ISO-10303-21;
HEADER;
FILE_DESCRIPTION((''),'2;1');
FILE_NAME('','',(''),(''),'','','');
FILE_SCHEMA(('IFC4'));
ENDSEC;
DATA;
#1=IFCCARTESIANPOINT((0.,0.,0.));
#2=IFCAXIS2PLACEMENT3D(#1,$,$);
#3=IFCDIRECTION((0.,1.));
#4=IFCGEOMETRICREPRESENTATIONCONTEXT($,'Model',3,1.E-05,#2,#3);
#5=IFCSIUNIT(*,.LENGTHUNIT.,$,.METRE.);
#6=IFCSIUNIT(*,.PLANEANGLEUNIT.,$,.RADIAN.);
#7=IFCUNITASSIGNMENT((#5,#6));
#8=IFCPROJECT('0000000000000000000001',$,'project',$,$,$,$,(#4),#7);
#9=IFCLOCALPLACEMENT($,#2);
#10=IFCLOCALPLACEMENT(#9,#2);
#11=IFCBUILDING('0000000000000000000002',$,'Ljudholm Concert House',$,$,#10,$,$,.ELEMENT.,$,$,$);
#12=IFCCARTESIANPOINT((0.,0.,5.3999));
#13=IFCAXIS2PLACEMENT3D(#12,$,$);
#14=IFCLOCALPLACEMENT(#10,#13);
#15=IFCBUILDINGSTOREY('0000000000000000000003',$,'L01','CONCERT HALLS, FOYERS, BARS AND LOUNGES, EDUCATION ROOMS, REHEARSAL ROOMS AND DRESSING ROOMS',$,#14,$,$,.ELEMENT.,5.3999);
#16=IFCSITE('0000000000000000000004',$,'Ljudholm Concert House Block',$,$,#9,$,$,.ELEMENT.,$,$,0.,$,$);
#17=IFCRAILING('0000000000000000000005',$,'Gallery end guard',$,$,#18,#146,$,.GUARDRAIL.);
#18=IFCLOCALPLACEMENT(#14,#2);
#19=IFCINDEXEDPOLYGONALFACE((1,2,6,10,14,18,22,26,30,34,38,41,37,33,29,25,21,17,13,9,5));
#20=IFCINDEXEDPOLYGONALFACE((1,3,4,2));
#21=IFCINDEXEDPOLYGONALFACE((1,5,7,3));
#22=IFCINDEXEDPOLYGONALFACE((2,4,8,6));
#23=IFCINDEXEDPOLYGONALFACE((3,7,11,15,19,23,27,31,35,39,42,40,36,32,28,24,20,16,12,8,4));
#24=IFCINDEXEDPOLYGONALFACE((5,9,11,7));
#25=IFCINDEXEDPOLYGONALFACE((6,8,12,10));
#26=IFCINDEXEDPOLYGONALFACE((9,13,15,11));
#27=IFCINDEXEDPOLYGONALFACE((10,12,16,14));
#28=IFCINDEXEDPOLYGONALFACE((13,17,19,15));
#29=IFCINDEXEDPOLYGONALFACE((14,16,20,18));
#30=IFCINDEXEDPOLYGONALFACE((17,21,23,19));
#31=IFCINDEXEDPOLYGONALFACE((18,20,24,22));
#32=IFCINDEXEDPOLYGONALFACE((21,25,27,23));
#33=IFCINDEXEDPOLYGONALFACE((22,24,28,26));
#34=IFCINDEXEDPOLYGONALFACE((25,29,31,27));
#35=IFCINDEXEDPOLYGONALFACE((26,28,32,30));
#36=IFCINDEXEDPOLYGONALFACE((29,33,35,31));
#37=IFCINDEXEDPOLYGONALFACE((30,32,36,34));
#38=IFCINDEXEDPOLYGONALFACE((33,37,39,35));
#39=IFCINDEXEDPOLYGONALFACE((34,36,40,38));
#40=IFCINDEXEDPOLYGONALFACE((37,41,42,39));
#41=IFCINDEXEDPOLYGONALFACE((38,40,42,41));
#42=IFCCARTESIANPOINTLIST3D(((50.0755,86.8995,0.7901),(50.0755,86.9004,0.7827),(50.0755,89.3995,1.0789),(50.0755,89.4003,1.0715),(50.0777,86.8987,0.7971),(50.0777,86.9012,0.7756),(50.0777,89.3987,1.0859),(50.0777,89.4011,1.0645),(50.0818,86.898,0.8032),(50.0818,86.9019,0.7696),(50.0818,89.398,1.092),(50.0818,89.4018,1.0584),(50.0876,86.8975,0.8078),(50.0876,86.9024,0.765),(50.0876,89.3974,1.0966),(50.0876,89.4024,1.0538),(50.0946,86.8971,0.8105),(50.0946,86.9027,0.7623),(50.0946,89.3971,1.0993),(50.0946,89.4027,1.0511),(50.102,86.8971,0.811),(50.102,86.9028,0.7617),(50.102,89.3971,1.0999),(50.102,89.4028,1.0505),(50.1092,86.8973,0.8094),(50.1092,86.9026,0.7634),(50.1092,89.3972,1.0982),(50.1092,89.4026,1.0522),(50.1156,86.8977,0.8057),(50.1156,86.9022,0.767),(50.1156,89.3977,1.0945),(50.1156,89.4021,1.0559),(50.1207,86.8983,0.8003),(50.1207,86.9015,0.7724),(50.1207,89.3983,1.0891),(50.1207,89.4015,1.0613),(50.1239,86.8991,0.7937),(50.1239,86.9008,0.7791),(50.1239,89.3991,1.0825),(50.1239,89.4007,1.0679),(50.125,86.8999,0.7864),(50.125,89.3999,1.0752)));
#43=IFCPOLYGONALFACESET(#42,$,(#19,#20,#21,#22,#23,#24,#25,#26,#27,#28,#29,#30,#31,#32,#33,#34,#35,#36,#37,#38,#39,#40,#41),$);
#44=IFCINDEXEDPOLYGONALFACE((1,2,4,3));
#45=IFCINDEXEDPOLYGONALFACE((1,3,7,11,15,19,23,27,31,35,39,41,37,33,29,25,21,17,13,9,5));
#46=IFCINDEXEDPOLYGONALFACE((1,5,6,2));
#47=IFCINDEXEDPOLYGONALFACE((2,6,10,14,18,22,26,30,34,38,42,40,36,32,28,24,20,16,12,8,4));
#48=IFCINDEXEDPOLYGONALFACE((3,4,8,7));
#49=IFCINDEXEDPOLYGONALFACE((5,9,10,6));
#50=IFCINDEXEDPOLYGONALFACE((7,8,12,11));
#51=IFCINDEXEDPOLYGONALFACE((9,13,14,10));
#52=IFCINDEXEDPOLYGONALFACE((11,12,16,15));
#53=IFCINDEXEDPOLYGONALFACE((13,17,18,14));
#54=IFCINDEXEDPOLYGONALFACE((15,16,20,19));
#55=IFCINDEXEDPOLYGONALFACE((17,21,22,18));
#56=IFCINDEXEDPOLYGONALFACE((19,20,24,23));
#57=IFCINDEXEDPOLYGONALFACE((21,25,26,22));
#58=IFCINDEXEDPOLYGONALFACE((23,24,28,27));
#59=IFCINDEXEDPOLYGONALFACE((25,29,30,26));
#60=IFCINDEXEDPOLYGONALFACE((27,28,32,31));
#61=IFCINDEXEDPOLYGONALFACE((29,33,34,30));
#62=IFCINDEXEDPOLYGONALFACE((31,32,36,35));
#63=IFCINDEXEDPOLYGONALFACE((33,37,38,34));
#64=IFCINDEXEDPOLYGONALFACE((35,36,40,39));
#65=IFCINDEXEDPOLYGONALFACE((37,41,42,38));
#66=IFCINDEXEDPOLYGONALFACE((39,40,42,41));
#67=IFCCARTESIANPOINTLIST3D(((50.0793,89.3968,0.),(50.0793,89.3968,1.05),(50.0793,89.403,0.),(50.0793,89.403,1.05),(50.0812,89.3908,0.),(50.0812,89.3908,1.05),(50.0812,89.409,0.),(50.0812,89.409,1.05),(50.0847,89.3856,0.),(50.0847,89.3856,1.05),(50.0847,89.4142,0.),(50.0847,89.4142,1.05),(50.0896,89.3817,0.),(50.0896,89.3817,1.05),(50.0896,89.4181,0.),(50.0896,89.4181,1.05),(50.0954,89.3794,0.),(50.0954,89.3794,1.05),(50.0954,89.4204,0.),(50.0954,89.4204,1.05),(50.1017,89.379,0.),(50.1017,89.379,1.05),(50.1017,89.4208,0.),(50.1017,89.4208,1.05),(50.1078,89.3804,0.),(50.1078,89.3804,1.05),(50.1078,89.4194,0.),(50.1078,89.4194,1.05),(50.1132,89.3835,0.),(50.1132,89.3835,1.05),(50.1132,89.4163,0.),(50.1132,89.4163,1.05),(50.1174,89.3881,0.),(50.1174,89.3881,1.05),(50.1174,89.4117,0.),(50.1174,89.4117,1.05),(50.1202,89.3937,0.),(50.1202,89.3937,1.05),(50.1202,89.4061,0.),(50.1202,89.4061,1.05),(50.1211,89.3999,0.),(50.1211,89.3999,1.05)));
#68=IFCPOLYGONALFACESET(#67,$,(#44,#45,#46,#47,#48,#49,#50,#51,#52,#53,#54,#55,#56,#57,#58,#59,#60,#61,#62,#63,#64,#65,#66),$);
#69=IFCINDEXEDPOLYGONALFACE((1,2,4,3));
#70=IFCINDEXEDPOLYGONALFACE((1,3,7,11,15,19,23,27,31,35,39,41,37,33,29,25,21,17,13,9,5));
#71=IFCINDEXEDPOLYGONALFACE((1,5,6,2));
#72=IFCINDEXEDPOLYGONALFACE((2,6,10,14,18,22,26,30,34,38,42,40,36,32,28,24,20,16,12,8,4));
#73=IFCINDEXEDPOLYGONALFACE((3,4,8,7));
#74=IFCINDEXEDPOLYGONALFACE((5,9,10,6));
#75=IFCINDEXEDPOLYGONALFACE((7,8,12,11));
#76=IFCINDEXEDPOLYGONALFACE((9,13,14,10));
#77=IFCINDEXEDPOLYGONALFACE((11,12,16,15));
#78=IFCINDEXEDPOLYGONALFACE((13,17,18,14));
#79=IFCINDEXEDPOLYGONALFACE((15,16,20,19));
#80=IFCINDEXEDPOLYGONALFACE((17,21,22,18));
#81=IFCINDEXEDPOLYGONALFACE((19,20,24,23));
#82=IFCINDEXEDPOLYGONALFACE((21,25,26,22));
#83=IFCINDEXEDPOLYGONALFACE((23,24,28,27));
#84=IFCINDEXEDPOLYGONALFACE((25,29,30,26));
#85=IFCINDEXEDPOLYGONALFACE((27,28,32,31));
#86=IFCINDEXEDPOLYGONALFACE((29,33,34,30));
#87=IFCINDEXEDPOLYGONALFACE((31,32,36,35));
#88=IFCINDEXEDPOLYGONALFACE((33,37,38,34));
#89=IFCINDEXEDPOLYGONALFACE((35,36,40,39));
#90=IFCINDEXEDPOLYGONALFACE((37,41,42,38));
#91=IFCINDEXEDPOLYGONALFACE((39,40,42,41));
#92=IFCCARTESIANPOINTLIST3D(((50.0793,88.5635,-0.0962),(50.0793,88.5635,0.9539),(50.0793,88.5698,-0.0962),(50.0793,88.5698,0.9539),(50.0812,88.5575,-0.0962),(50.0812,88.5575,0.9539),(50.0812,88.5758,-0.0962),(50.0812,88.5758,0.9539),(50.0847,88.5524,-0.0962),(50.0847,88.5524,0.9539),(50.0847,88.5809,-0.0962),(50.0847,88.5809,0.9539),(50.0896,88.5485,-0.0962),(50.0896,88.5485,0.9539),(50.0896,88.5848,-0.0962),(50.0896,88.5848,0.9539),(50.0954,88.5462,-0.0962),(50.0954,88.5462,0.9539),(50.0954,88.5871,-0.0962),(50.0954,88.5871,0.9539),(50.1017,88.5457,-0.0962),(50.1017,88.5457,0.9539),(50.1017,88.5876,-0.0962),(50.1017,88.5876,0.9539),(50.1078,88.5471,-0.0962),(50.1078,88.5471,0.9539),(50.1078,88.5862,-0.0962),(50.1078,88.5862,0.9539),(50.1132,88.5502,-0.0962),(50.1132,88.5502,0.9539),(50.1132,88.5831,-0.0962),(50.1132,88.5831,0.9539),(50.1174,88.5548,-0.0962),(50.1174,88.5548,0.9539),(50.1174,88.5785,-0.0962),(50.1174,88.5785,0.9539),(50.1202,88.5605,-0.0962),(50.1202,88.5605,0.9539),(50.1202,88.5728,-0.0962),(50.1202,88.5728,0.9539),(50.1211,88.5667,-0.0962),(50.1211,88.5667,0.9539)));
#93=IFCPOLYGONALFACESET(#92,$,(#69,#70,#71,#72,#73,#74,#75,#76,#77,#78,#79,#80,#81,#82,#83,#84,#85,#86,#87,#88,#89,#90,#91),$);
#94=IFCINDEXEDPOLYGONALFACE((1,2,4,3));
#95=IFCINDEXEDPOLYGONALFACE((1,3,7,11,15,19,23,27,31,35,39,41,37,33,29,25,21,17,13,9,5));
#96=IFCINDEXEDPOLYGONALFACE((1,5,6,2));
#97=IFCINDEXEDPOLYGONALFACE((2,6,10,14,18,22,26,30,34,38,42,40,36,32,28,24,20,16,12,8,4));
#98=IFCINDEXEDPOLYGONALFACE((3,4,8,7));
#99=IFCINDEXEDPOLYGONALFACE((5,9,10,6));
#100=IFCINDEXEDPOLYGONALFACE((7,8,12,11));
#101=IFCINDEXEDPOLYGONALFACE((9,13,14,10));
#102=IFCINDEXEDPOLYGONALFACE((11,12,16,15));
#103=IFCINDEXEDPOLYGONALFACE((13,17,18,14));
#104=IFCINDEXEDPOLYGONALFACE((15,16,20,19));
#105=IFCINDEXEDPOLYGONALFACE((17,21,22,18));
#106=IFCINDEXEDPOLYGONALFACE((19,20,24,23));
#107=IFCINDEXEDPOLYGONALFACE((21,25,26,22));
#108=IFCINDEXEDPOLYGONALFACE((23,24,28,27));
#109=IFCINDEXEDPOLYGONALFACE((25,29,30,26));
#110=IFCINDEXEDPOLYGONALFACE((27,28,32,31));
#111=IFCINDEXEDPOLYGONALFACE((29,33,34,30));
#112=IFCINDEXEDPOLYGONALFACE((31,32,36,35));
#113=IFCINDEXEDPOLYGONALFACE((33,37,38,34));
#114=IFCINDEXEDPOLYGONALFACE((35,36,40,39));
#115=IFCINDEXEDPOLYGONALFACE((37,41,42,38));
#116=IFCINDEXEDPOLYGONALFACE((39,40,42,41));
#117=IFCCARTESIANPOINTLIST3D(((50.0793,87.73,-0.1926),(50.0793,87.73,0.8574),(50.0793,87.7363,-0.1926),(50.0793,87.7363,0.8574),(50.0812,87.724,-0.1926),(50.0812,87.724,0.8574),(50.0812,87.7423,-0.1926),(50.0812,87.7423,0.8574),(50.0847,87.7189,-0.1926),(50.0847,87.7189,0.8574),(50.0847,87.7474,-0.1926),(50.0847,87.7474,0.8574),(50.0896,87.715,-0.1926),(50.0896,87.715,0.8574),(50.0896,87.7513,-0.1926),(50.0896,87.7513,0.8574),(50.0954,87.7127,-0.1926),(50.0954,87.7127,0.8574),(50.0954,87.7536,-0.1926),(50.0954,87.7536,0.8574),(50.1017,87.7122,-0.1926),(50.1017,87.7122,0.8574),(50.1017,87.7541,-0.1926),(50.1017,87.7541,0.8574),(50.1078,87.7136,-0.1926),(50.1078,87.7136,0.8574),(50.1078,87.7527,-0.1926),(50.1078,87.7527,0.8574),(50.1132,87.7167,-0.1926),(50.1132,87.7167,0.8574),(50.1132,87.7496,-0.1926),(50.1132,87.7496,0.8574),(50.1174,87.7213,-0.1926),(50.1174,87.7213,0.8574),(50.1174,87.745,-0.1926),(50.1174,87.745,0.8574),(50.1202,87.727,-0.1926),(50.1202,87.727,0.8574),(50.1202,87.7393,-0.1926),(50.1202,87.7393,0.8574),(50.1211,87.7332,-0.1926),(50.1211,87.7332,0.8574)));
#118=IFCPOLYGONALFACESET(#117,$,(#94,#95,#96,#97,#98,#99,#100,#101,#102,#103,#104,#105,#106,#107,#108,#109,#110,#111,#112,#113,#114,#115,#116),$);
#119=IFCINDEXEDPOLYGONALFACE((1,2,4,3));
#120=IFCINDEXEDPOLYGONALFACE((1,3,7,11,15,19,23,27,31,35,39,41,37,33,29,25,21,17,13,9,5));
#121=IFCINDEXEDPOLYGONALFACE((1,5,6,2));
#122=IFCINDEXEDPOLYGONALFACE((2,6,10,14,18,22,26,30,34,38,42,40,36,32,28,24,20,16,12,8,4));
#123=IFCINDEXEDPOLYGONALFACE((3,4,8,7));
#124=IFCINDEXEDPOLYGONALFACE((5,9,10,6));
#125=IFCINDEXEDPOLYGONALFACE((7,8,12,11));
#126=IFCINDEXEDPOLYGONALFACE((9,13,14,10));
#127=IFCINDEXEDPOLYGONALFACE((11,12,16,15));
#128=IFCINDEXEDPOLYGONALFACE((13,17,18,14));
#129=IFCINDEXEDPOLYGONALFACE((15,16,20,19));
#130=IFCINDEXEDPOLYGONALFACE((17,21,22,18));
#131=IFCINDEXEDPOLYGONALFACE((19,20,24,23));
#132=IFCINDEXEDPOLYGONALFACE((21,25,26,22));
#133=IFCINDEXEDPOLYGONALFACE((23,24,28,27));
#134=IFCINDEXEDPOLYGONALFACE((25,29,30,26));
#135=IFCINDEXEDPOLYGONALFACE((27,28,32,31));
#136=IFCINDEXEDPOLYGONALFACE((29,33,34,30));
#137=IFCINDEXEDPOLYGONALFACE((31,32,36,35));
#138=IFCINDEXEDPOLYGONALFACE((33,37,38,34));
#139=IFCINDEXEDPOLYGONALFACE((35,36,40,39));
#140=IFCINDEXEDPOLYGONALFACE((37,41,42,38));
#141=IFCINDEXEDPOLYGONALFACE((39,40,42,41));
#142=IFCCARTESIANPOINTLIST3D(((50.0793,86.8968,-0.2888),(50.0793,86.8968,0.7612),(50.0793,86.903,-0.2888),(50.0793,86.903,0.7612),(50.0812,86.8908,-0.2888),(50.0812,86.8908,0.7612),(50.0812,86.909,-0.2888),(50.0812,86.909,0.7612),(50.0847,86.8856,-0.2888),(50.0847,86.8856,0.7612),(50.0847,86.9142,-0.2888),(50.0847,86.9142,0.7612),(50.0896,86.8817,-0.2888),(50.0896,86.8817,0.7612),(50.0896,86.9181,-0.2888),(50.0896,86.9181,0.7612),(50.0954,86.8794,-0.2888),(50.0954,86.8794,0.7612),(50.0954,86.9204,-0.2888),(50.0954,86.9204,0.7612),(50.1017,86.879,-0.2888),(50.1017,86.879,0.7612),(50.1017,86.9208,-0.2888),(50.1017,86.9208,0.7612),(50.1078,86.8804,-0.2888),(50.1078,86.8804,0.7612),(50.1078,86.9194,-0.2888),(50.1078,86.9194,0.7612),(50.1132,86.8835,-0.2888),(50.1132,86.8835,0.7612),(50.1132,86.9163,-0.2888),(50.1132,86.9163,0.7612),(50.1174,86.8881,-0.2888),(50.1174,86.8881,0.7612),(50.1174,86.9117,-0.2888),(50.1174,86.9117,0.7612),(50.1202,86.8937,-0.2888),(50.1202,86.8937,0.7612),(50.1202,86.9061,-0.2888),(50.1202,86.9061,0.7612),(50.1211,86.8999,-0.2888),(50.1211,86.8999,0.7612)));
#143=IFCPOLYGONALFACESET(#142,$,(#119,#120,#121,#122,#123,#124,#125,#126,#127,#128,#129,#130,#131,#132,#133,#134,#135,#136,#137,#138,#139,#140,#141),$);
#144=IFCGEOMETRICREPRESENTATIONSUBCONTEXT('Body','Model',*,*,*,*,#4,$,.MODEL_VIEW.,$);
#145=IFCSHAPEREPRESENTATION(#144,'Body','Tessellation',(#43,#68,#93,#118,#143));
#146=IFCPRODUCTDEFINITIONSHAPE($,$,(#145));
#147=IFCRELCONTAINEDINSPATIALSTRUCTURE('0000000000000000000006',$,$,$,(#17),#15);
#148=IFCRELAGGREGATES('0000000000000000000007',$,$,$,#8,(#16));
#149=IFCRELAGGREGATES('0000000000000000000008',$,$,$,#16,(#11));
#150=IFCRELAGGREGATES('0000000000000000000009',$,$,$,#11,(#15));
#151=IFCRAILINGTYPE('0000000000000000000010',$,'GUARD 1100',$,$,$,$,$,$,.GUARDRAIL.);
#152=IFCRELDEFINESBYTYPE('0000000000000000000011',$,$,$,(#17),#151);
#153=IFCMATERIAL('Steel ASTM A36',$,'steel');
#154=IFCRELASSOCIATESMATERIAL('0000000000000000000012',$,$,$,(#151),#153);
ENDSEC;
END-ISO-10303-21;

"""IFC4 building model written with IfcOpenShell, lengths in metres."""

from ifc_helpers import new_model, si_unit, direction, frame, origin, origin_2d, place, context, subcontext, project, spatial, circle, extrude, material, type_object, element, save


model = new_model("IFC4")

# Units and contexts
model_context = context("Model", 3, precision=1e-05, world=origin(), true_north=direction((0.0, 1.0)))
body_context = subcontext(model_context, "Body", "Model", "MODEL_VIEW")
ifc_project = project(units=[si_unit("LENGTHUNIT", "METRE"), si_unit("PLANEANGLEUNIT", "RADIAN")], contexts=[model_context])

# Site, building, storey
site_placement = place(None, origin())
site = spatial("IfcSite", under=ifc_project, at=site_placement, Name="Ljudholm Concert House Block", CompositionType="ELEMENT", RefElevation=0.0)
building_placement = place(site_placement, origin())
building = spatial("IfcBuilding", under=site, at=building_placement, Name="Ljudholm Concert House", CompositionType="ELEMENT")
storey_placement = place(building_placement, frame((0.0, 0.0, 5.3999)))
storey = spatial("IfcBuildingStorey", under=building, at=storey_placement, Name="L01", Description="CONCERT HALLS, FOYERS, BARS AND LOUNGES, EDUCATION ROOMS, REHEARSAL ROOMS AND DRESSING ROOMS", CompositionType="ELEMENT", Elevation=5.3999)

# Railing
ifc_material_1 = material(Name="Steel ASTM A36", Category="steel")
railing_type = type_object("IfcRailingType", Name="GUARD 1100", PredefinedType="GUARDRAIL", material=ifc_material_1)
railing_1_placement = place(storey_placement, frame((50.1001, 89.3999, 0.0)))
element("IfcRailing", 1, at=railing_1_placement, inside=storey, type_object=railing_type, Name="Gallery end guard", PredefinedType="GUARDRAIL", context=body_context, shape_type="SweptSolid", body=[
    extrude(circle(Radius=0.0249, at=origin_2d()), frame((0.0, 0.0, 1.0752), z_axis=(0.0, -0.993393, -0.114764), x_axis=(1.0, 0.0, 0.0)), (0.0, 0.0, 1.0), 2.5166),
    extrude(circle(Radius=0.021, at=origin_2d()), origin(), (0.0, 0.0, 1.0), 1.05),
    extrude(circle(Radius=0.021, at=origin_2d()), frame((0.0, -0.8333, -0.0962)), (0.0, 0.0, 1.0), 1.05),
    extrude(circle(Radius=0.021, at=origin_2d()), frame((0.0, -1.6667, -0.1926)), (0.0, 0.0, 1.0), 1.05),
    extrude(circle(Radius=0.021, at=origin_2d()), frame((0.0, -2.5, -0.2888)), (0.0, 0.0, 1.0), 1.05),
])

save(model, "model.ifc")
